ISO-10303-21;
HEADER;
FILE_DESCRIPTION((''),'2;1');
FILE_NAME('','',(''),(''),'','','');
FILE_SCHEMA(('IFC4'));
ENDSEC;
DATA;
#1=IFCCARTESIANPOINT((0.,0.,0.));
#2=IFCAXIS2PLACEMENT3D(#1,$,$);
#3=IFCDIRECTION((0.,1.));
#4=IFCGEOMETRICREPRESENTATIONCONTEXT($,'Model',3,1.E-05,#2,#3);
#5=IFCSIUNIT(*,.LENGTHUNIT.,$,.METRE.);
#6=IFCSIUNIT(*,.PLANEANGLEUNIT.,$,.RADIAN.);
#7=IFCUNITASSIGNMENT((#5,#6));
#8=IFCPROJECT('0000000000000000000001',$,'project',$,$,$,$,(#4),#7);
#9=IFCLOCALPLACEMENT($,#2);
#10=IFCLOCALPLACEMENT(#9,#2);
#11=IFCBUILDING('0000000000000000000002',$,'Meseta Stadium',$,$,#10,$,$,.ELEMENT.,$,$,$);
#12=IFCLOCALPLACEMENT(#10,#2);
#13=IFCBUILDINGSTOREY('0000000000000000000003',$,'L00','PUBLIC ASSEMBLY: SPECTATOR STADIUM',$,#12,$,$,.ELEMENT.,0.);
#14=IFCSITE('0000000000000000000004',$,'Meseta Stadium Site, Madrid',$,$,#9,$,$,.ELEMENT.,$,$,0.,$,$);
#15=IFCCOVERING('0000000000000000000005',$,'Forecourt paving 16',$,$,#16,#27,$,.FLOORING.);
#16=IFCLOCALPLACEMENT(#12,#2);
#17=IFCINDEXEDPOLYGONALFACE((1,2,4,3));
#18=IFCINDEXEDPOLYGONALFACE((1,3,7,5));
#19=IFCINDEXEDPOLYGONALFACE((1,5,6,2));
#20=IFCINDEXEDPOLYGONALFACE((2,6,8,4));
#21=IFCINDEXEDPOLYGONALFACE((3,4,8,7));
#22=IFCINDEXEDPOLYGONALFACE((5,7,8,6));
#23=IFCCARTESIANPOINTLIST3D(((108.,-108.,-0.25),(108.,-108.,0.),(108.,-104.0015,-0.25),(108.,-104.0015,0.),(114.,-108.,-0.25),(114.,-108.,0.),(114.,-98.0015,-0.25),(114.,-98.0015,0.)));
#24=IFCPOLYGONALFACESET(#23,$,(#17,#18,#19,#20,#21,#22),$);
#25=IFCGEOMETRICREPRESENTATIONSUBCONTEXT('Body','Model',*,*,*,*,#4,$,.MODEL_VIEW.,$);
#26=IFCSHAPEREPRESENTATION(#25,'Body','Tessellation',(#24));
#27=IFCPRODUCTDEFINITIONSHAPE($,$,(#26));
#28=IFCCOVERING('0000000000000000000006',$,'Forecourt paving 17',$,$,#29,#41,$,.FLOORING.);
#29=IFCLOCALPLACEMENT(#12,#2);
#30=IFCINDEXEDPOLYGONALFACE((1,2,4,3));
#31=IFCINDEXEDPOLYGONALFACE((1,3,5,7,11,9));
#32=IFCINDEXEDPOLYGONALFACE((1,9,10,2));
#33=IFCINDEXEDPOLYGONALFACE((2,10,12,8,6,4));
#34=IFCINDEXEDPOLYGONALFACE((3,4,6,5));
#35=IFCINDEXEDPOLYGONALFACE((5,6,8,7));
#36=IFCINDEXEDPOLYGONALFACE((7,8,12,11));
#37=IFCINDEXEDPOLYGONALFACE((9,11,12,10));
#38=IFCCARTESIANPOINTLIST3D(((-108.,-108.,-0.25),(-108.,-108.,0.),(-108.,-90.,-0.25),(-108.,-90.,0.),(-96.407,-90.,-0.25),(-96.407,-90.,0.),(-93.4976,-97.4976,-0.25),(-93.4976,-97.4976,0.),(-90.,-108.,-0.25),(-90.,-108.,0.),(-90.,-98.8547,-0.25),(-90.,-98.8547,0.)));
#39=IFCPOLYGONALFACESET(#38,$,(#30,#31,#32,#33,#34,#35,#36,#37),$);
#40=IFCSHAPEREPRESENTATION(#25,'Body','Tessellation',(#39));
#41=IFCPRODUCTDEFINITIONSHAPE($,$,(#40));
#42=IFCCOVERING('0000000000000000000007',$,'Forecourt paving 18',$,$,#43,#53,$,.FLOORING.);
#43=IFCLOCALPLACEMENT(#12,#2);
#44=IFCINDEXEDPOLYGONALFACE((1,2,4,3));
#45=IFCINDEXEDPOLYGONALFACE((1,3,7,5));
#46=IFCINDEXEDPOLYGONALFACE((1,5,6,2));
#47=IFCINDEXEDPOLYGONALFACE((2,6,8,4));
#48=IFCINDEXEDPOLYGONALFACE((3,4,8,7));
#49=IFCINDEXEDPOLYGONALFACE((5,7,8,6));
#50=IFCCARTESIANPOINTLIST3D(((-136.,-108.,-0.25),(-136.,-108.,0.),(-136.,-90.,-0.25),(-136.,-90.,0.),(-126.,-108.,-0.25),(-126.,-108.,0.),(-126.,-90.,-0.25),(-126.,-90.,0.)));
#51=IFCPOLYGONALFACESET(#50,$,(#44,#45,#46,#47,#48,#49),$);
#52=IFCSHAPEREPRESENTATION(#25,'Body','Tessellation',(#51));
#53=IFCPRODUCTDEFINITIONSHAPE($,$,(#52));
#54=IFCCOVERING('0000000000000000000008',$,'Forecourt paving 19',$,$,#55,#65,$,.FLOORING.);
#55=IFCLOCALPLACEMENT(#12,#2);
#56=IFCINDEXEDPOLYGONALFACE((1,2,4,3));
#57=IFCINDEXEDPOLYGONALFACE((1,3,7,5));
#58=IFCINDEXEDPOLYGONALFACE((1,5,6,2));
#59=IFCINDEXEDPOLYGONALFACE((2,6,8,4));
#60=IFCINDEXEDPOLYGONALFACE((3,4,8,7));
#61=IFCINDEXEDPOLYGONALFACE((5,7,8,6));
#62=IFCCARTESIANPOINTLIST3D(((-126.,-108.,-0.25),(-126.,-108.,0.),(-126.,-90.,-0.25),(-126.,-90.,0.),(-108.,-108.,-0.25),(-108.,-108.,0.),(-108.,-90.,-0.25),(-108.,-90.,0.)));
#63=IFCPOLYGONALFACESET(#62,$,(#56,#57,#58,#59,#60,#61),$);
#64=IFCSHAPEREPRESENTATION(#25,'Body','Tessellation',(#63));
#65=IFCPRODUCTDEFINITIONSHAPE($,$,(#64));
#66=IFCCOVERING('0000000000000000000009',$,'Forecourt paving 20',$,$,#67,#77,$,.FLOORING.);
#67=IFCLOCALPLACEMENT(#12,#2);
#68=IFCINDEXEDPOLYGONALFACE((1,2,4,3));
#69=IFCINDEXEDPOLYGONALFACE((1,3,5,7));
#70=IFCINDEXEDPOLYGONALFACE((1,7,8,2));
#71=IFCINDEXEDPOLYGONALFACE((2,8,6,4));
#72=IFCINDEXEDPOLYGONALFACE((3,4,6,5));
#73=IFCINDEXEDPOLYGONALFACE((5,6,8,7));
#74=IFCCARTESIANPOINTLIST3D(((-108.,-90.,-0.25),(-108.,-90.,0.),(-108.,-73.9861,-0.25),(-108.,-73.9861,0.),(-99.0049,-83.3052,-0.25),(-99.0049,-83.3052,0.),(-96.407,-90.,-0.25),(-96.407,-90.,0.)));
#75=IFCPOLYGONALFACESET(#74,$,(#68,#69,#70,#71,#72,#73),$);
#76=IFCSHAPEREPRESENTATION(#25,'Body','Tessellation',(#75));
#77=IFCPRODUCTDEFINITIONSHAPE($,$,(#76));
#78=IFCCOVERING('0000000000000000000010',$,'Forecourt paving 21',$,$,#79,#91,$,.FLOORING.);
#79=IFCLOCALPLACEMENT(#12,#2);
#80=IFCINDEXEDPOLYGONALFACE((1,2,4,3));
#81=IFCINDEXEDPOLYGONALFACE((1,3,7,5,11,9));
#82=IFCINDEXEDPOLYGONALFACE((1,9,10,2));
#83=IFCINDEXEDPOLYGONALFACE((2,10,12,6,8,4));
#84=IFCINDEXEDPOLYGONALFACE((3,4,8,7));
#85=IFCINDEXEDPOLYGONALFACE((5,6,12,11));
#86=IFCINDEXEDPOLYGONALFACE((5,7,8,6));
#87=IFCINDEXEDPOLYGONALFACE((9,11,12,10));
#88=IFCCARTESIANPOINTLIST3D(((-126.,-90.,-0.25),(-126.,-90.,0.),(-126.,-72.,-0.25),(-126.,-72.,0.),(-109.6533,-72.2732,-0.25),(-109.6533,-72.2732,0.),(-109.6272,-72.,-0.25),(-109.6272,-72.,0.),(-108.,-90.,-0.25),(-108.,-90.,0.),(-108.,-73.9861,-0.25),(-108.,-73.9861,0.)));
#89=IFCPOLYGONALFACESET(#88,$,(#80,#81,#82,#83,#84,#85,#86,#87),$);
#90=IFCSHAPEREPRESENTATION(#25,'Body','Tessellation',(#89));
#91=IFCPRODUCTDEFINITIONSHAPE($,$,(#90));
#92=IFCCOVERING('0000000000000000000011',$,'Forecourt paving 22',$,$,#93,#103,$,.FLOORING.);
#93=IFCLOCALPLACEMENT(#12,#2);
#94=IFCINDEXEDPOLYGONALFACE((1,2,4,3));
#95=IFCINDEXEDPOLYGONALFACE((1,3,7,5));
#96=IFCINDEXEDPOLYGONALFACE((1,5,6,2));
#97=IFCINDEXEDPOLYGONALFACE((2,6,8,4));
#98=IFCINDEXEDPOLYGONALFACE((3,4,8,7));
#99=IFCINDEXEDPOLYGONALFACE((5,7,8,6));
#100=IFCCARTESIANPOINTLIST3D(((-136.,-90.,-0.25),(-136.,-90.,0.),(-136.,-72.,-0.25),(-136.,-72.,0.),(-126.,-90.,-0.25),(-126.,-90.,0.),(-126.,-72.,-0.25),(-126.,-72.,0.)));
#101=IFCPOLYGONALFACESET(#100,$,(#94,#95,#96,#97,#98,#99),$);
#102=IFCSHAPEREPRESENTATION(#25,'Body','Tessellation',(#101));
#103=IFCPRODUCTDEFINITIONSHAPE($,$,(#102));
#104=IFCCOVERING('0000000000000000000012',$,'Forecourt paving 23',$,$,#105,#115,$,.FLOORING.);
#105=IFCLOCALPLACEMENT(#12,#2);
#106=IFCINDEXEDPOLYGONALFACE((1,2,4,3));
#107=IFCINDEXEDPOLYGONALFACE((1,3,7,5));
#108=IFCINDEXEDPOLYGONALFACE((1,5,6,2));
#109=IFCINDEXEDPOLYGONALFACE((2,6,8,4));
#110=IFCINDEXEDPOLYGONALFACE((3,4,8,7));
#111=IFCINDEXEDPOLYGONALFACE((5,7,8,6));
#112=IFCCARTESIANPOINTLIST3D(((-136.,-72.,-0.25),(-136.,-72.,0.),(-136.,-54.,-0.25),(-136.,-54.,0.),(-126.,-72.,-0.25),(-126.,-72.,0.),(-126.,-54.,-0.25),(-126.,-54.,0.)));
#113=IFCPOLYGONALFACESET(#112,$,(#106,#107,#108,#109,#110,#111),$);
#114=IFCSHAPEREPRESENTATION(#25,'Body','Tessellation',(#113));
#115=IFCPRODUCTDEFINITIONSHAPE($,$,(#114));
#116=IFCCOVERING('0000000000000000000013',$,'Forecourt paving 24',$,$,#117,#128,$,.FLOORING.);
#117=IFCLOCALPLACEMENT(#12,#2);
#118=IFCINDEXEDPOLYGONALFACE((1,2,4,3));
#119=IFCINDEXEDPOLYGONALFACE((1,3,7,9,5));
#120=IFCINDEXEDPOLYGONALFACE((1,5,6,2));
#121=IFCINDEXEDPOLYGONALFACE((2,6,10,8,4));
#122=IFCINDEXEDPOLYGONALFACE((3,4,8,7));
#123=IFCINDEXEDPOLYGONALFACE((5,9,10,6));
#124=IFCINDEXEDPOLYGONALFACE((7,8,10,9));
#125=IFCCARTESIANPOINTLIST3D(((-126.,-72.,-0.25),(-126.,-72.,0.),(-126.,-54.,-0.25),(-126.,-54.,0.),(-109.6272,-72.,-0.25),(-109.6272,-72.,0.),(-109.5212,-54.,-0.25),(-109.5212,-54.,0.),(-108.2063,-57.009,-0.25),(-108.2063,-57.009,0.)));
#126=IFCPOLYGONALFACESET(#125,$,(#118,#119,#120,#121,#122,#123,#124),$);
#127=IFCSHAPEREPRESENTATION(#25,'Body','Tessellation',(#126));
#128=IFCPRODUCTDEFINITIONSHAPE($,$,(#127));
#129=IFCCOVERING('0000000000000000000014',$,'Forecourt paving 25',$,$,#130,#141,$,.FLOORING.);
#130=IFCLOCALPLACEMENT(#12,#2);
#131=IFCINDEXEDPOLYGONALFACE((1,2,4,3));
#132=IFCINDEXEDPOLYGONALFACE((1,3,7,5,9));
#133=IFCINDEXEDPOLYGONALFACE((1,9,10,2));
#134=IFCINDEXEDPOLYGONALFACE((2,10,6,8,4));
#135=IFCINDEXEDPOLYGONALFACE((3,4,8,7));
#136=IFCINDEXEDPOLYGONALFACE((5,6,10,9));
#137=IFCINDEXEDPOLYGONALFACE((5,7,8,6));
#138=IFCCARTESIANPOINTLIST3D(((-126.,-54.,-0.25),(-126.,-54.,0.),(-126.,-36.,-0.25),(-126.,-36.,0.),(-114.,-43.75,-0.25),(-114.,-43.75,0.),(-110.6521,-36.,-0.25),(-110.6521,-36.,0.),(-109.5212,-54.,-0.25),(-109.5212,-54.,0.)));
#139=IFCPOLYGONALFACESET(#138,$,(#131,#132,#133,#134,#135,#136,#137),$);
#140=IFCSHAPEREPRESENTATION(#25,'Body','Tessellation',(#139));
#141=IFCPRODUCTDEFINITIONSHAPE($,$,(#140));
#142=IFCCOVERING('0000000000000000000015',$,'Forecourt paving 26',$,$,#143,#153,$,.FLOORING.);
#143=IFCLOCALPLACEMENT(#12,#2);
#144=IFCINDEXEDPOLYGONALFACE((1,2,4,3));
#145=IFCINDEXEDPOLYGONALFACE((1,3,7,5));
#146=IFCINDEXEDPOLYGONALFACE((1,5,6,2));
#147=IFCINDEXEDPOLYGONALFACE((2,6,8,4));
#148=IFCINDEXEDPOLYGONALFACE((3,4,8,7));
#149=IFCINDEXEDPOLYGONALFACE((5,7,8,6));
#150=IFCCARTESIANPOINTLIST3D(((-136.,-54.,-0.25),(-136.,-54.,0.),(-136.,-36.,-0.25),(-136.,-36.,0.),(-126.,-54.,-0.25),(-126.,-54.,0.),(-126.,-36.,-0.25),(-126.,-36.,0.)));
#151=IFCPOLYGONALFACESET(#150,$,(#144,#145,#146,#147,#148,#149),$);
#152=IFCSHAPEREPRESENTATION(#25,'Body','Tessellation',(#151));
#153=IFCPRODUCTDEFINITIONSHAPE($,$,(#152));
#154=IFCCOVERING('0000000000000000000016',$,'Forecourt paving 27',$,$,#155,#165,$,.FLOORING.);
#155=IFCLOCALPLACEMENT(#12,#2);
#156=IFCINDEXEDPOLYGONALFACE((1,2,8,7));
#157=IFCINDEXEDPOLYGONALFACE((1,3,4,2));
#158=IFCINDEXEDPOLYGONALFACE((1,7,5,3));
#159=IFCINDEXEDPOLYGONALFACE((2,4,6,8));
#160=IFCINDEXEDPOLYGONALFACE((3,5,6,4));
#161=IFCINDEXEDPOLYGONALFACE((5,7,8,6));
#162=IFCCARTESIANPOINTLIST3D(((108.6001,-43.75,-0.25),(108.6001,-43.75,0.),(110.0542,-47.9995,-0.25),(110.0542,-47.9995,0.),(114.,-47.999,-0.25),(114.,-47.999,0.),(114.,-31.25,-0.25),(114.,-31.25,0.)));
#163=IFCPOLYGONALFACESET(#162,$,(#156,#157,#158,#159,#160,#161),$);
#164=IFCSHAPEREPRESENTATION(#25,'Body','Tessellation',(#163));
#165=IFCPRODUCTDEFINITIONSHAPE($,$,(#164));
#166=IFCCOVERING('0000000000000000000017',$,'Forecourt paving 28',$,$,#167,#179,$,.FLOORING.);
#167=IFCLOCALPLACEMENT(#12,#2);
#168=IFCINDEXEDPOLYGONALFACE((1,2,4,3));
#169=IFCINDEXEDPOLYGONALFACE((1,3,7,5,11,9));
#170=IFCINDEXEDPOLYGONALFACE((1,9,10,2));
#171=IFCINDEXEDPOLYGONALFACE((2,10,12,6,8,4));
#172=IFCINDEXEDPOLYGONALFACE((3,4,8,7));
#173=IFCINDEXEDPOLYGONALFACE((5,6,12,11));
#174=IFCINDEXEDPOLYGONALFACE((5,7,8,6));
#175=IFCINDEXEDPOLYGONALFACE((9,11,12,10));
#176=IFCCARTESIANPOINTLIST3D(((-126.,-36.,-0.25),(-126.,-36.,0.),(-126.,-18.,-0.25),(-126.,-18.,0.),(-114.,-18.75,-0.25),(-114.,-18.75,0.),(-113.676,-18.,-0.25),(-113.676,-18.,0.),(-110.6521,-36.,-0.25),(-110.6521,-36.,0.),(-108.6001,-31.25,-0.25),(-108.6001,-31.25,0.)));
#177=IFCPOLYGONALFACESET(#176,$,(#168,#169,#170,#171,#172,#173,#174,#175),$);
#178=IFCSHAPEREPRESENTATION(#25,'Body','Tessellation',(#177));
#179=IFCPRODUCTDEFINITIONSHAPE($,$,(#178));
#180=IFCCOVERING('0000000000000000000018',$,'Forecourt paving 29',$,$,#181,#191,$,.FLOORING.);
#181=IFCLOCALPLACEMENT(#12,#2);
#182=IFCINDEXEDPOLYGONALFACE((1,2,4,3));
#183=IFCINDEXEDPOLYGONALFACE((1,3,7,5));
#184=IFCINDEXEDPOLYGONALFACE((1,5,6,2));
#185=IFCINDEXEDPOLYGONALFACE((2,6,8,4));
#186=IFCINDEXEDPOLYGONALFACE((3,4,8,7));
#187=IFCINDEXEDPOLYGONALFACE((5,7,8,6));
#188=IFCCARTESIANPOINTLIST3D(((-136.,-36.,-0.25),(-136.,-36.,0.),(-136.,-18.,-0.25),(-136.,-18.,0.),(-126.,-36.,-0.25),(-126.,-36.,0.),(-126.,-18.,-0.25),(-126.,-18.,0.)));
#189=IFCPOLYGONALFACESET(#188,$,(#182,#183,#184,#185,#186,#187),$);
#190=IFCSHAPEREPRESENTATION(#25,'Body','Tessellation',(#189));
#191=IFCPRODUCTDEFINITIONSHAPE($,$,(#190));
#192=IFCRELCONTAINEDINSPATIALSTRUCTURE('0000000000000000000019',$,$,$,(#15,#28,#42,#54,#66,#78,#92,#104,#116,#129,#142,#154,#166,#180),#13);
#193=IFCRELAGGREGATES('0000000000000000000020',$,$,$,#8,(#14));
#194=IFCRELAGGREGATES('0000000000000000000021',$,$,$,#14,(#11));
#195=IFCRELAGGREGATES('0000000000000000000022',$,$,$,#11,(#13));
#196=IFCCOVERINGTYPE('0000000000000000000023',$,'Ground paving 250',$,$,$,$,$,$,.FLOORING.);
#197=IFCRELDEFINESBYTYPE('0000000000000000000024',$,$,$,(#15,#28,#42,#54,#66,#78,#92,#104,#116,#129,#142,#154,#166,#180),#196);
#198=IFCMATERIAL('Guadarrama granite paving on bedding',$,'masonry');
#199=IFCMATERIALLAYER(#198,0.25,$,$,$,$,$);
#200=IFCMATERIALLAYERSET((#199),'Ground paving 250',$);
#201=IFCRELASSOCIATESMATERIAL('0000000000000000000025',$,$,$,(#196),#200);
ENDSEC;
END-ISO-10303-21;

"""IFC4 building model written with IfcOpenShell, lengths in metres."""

from ifc_helpers import new_model, si_unit, direction, frame, origin, place, context, subcontext, project, spatial, polyline, outline, extrude, material, layer, layer_set, type_object, element, save


model = new_model("IFC4")

# Units and contexts
model_context = context("Model", 3, precision=1e-05, world=origin(), true_north=direction((0.0, 1.0)))
body_context = subcontext(model_context, "Body", "Model", "MODEL_VIEW")
ifc_project = project(units=[si_unit("LENGTHUNIT", "METRE"), si_unit("PLANEANGLEUNIT", "RADIAN")], contexts=[model_context])

# Site, building, storey
site_placement = place(None, origin())
site = spatial("IfcSite", under=ifc_project, at=site_placement, Name="Meseta Stadium Site, Madrid", CompositionType="ELEMENT", RefElevation=0.0)
building_placement = place(site_placement, origin())
building = spatial("IfcBuilding", under=site, at=building_placement, Name="Meseta Stadium", CompositionType="ELEMENT")
storey_placement = place(building_placement, origin())
storey = spatial("IfcBuildingStorey", under=building, at=storey_placement, Name="L00", Description="PUBLIC ASSEMBLY: SPECTATOR STADIUM", CompositionType="ELEMENT", Elevation=0.0)

# Coverings
ifc_material = material(Name="Guadarrama granite paving on bedding", Category="masonry")
ifc_layer = layer(ifc_material, 0.25)
ifc_layer_set = layer_set([ifc_layer], Name="Ground paving 250")
covering_type = type_object("IfcCoveringType", Name="Ground paving 250", PredefinedType="FLOORING", material=ifc_layer_set)
covering_1_placement = place(storey_placement, frame((0.0, 0.0, -0.25)))
element("IfcCovering", 1, at=covering_1_placement, inside=storey, type_object=covering_type, Name="Forecourt paving 16", PredefinedType="FLOORING", context=body_context, shape_type="SweptSolid", body=[
    extrude(outline(polyline([(114.0, -108.0), (114.0, -98.0015), (108.0, -104.0015), (108.0, -108.0), (114.0, -108.0)])), origin(), (0.0, 0.0, 1.0), 0.25),
])
covering_2_placement = place(storey_placement, frame((0.0, 0.0, -0.25)))
element("IfcCovering", 2, at=covering_2_placement, inside=storey, type_object=covering_type, Name="Forecourt paving 17", PredefinedType="FLOORING", context=body_context, shape_type="SweptSolid", body=[
    extrude(outline(polyline([(-90.0, -98.8547), (-93.4976, -97.4976), (-96.407, -90.0), (-108.0, -90.0), (-108.0, -108.0), (-90.0, -108.0), (-90.0, -98.8547)])), origin(), (0.0, 0.0, 1.0), 0.25),
])
covering_3_placement = place(storey_placement, frame((0.0, 0.0, -0.25)))
element("IfcCovering", 3, at=covering_3_placement, inside=storey, type_object=covering_type, Name="Forecourt paving 18", PredefinedType="FLOORING", context=body_context, shape_type="SweptSolid", body=[
    extrude(outline(polyline([(-136.0, -90.0), (-136.0, -108.0), (-126.0, -108.0), (-126.0, -90.0), (-136.0, -90.0)])), origin(), (0.0, 0.0, 1.0), 0.25),
])
covering_4_placement = place(storey_placement, frame((0.0, 0.0, -0.25)))
element("IfcCovering", 4, at=covering_4_placement, inside=storey, type_object=covering_type, Name="Forecourt paving 19", PredefinedType="FLOORING", context=body_context, shape_type="SweptSolid", body=[
    extrude(outline(polyline([(-108.0, -108.0), (-108.0, -90.0), (-126.0, -90.0), (-126.0, -108.0), (-108.0, -108.0)])), origin(), (0.0, 0.0, 1.0), 0.25),
])
covering_5_placement = place(storey_placement, frame((0.0, 0.0, -0.25)))
element("IfcCovering", 5, at=covering_5_placement, inside=storey, type_object=covering_type, Name="Forecourt paving 20", PredefinedType="FLOORING", context=body_context, shape_type="SweptSolid", body=[
    extrude(outline(polyline([(-96.407, -90.0), (-99.0049, -83.3052), (-108.0, -73.9861), (-108.0, -90.0), (-96.407, -90.0)])), origin(), (0.0, 0.0, 1.0), 0.25),
])
covering_6_placement = place(storey_placement, frame((0.0, 0.0, -0.25)))
element("IfcCovering", 6, at=covering_6_placement, inside=storey, type_object=covering_type, Name="Forecourt paving 21", PredefinedType="FLOORING", context=body_context, shape_type="SweptSolid", body=[
    extrude(outline(polyline([(-108.0, -73.9861), (-109.6533, -72.2732), (-109.6272, -72.0), (-126.0, -72.0), (-126.0, -90.0), (-108.0, -90.0), (-108.0, -73.9861)])), origin(), (0.0, 0.0, 1.0), 0.25),
])
covering_7_placement = place(storey_placement, frame((0.0, 0.0, -0.25)))
element("IfcCovering", 7, at=covering_7_placement, inside=storey, type_object=covering_type, Name="Forecourt paving 22", PredefinedType="FLOORING", context=body_context, shape_type="SweptSolid", body=[
    extrude(outline(polyline([(-136.0, -72.0), (-136.0, -90.0), (-126.0, -90.0), (-126.0, -72.0), (-136.0, -72.0)])), origin(), (0.0, 0.0, 1.0), 0.25),
])
covering_8_placement = place(storey_placement, frame((0.0, 0.0, -0.25)))
element("IfcCovering", 8, at=covering_8_placement, inside=storey, type_object=covering_type, Name="Forecourt paving 23", PredefinedType="FLOORING", context=body_context, shape_type="SweptSolid", body=[
    extrude(outline(polyline([(-136.0, -54.0), (-136.0, -72.0), (-126.0, -72.0), (-126.0, -54.0), (-136.0, -54.0)])), origin(), (0.0, 0.0, 1.0), 0.25),
])
covering_9_placement = place(storey_placement, frame((0.0, 0.0, -0.25)))
element("IfcCovering", 9, at=covering_9_placement, inside=storey, type_object=covering_type, Name="Forecourt paving 24", PredefinedType="FLOORING", context=body_context, shape_type="SweptSolid", body=[
    extrude(outline(polyline([(-109.6272, -72.0), (-108.2063, -57.009), (-109.5212, -54.0), (-126.0, -54.0), (-126.0, -72.0), (-109.6272, -72.0)])), origin(), (0.0, 0.0, 1.0), 0.25),
])
covering_10_placement = place(storey_placement, frame((0.0, 0.0, -0.25)))
element("IfcCovering", 10, at=covering_10_placement, inside=storey, type_object=covering_type, Name="Forecourt paving 25", PredefinedType="FLOORING", context=body_context, shape_type="SweptSolid", body=[
    extrude(outline(polyline([(-109.5212, -54.0), (-114.0, -43.75), (-110.6521, -36.0), (-126.0, -36.0), (-126.0, -54.0), (-109.5212, -54.0)])), origin(), (0.0, 0.0, 1.0), 0.25),
])
covering_11_placement = place(storey_placement, frame((0.0, 0.0, -0.25)))
element("IfcCovering", 11, at=covering_11_placement, inside=storey, type_object=covering_type, Name="Forecourt paving 26", PredefinedType="FLOORING", context=body_context, shape_type="SweptSolid", body=[
    extrude(outline(polyline([(-136.0, -36.0), (-136.0, -54.0), (-126.0, -54.0), (-126.0, -36.0), (-136.0, -36.0)])), origin(), (0.0, 0.0, 1.0), 0.25),
])
covering_12_placement = place(storey_placement, frame((0.0, 0.0, -0.25)))
element("IfcCovering", 12, at=covering_12_placement, inside=storey, type_object=covering_type, Name="Forecourt paving 27", PredefinedType="FLOORING", context=body_context, shape_type="SweptSolid", body=[
    extrude(outline(polyline([(114.0, -31.25), (108.6001, -43.75), (110.0542, -47.9995), (114.0, -47.999), (114.0, -31.25)])), origin(), (0.0, 0.0, 1.0), 0.25),
])
covering_13_placement = place(storey_placement, frame((0.0, 0.0, -0.25)))
element("IfcCovering", 13, at=covering_13_placement, inside=storey, type_object=covering_type, Name="Forecourt paving 28", PredefinedType="FLOORING", context=body_context, shape_type="SweptSolid", body=[
    extrude(outline(polyline([(-110.6521, -36.0), (-108.6001, -31.25), (-114.0, -18.75), (-113.676, -18.0), (-126.0, -18.0), (-126.0, -36.0), (-110.6521, -36.0)])), origin(), (0.0, 0.0, 1.0), 0.25),
])
covering_14_placement = place(storey_placement, frame((0.0, 0.0, -0.25)))
element("IfcCovering", 14, at=covering_14_placement, inside=storey, type_object=covering_type, Name="Forecourt paving 29", PredefinedType="FLOORING", context=body_context, shape_type="SweptSolid", body=[
    extrude(outline(polyline([(-136.0, -18.0), (-136.0, -36.0), (-126.0, -36.0), (-126.0, -18.0), (-136.0, -18.0)])), origin(), (0.0, 0.0, 1.0), 0.25),
])

save(model, "model.ifc")
